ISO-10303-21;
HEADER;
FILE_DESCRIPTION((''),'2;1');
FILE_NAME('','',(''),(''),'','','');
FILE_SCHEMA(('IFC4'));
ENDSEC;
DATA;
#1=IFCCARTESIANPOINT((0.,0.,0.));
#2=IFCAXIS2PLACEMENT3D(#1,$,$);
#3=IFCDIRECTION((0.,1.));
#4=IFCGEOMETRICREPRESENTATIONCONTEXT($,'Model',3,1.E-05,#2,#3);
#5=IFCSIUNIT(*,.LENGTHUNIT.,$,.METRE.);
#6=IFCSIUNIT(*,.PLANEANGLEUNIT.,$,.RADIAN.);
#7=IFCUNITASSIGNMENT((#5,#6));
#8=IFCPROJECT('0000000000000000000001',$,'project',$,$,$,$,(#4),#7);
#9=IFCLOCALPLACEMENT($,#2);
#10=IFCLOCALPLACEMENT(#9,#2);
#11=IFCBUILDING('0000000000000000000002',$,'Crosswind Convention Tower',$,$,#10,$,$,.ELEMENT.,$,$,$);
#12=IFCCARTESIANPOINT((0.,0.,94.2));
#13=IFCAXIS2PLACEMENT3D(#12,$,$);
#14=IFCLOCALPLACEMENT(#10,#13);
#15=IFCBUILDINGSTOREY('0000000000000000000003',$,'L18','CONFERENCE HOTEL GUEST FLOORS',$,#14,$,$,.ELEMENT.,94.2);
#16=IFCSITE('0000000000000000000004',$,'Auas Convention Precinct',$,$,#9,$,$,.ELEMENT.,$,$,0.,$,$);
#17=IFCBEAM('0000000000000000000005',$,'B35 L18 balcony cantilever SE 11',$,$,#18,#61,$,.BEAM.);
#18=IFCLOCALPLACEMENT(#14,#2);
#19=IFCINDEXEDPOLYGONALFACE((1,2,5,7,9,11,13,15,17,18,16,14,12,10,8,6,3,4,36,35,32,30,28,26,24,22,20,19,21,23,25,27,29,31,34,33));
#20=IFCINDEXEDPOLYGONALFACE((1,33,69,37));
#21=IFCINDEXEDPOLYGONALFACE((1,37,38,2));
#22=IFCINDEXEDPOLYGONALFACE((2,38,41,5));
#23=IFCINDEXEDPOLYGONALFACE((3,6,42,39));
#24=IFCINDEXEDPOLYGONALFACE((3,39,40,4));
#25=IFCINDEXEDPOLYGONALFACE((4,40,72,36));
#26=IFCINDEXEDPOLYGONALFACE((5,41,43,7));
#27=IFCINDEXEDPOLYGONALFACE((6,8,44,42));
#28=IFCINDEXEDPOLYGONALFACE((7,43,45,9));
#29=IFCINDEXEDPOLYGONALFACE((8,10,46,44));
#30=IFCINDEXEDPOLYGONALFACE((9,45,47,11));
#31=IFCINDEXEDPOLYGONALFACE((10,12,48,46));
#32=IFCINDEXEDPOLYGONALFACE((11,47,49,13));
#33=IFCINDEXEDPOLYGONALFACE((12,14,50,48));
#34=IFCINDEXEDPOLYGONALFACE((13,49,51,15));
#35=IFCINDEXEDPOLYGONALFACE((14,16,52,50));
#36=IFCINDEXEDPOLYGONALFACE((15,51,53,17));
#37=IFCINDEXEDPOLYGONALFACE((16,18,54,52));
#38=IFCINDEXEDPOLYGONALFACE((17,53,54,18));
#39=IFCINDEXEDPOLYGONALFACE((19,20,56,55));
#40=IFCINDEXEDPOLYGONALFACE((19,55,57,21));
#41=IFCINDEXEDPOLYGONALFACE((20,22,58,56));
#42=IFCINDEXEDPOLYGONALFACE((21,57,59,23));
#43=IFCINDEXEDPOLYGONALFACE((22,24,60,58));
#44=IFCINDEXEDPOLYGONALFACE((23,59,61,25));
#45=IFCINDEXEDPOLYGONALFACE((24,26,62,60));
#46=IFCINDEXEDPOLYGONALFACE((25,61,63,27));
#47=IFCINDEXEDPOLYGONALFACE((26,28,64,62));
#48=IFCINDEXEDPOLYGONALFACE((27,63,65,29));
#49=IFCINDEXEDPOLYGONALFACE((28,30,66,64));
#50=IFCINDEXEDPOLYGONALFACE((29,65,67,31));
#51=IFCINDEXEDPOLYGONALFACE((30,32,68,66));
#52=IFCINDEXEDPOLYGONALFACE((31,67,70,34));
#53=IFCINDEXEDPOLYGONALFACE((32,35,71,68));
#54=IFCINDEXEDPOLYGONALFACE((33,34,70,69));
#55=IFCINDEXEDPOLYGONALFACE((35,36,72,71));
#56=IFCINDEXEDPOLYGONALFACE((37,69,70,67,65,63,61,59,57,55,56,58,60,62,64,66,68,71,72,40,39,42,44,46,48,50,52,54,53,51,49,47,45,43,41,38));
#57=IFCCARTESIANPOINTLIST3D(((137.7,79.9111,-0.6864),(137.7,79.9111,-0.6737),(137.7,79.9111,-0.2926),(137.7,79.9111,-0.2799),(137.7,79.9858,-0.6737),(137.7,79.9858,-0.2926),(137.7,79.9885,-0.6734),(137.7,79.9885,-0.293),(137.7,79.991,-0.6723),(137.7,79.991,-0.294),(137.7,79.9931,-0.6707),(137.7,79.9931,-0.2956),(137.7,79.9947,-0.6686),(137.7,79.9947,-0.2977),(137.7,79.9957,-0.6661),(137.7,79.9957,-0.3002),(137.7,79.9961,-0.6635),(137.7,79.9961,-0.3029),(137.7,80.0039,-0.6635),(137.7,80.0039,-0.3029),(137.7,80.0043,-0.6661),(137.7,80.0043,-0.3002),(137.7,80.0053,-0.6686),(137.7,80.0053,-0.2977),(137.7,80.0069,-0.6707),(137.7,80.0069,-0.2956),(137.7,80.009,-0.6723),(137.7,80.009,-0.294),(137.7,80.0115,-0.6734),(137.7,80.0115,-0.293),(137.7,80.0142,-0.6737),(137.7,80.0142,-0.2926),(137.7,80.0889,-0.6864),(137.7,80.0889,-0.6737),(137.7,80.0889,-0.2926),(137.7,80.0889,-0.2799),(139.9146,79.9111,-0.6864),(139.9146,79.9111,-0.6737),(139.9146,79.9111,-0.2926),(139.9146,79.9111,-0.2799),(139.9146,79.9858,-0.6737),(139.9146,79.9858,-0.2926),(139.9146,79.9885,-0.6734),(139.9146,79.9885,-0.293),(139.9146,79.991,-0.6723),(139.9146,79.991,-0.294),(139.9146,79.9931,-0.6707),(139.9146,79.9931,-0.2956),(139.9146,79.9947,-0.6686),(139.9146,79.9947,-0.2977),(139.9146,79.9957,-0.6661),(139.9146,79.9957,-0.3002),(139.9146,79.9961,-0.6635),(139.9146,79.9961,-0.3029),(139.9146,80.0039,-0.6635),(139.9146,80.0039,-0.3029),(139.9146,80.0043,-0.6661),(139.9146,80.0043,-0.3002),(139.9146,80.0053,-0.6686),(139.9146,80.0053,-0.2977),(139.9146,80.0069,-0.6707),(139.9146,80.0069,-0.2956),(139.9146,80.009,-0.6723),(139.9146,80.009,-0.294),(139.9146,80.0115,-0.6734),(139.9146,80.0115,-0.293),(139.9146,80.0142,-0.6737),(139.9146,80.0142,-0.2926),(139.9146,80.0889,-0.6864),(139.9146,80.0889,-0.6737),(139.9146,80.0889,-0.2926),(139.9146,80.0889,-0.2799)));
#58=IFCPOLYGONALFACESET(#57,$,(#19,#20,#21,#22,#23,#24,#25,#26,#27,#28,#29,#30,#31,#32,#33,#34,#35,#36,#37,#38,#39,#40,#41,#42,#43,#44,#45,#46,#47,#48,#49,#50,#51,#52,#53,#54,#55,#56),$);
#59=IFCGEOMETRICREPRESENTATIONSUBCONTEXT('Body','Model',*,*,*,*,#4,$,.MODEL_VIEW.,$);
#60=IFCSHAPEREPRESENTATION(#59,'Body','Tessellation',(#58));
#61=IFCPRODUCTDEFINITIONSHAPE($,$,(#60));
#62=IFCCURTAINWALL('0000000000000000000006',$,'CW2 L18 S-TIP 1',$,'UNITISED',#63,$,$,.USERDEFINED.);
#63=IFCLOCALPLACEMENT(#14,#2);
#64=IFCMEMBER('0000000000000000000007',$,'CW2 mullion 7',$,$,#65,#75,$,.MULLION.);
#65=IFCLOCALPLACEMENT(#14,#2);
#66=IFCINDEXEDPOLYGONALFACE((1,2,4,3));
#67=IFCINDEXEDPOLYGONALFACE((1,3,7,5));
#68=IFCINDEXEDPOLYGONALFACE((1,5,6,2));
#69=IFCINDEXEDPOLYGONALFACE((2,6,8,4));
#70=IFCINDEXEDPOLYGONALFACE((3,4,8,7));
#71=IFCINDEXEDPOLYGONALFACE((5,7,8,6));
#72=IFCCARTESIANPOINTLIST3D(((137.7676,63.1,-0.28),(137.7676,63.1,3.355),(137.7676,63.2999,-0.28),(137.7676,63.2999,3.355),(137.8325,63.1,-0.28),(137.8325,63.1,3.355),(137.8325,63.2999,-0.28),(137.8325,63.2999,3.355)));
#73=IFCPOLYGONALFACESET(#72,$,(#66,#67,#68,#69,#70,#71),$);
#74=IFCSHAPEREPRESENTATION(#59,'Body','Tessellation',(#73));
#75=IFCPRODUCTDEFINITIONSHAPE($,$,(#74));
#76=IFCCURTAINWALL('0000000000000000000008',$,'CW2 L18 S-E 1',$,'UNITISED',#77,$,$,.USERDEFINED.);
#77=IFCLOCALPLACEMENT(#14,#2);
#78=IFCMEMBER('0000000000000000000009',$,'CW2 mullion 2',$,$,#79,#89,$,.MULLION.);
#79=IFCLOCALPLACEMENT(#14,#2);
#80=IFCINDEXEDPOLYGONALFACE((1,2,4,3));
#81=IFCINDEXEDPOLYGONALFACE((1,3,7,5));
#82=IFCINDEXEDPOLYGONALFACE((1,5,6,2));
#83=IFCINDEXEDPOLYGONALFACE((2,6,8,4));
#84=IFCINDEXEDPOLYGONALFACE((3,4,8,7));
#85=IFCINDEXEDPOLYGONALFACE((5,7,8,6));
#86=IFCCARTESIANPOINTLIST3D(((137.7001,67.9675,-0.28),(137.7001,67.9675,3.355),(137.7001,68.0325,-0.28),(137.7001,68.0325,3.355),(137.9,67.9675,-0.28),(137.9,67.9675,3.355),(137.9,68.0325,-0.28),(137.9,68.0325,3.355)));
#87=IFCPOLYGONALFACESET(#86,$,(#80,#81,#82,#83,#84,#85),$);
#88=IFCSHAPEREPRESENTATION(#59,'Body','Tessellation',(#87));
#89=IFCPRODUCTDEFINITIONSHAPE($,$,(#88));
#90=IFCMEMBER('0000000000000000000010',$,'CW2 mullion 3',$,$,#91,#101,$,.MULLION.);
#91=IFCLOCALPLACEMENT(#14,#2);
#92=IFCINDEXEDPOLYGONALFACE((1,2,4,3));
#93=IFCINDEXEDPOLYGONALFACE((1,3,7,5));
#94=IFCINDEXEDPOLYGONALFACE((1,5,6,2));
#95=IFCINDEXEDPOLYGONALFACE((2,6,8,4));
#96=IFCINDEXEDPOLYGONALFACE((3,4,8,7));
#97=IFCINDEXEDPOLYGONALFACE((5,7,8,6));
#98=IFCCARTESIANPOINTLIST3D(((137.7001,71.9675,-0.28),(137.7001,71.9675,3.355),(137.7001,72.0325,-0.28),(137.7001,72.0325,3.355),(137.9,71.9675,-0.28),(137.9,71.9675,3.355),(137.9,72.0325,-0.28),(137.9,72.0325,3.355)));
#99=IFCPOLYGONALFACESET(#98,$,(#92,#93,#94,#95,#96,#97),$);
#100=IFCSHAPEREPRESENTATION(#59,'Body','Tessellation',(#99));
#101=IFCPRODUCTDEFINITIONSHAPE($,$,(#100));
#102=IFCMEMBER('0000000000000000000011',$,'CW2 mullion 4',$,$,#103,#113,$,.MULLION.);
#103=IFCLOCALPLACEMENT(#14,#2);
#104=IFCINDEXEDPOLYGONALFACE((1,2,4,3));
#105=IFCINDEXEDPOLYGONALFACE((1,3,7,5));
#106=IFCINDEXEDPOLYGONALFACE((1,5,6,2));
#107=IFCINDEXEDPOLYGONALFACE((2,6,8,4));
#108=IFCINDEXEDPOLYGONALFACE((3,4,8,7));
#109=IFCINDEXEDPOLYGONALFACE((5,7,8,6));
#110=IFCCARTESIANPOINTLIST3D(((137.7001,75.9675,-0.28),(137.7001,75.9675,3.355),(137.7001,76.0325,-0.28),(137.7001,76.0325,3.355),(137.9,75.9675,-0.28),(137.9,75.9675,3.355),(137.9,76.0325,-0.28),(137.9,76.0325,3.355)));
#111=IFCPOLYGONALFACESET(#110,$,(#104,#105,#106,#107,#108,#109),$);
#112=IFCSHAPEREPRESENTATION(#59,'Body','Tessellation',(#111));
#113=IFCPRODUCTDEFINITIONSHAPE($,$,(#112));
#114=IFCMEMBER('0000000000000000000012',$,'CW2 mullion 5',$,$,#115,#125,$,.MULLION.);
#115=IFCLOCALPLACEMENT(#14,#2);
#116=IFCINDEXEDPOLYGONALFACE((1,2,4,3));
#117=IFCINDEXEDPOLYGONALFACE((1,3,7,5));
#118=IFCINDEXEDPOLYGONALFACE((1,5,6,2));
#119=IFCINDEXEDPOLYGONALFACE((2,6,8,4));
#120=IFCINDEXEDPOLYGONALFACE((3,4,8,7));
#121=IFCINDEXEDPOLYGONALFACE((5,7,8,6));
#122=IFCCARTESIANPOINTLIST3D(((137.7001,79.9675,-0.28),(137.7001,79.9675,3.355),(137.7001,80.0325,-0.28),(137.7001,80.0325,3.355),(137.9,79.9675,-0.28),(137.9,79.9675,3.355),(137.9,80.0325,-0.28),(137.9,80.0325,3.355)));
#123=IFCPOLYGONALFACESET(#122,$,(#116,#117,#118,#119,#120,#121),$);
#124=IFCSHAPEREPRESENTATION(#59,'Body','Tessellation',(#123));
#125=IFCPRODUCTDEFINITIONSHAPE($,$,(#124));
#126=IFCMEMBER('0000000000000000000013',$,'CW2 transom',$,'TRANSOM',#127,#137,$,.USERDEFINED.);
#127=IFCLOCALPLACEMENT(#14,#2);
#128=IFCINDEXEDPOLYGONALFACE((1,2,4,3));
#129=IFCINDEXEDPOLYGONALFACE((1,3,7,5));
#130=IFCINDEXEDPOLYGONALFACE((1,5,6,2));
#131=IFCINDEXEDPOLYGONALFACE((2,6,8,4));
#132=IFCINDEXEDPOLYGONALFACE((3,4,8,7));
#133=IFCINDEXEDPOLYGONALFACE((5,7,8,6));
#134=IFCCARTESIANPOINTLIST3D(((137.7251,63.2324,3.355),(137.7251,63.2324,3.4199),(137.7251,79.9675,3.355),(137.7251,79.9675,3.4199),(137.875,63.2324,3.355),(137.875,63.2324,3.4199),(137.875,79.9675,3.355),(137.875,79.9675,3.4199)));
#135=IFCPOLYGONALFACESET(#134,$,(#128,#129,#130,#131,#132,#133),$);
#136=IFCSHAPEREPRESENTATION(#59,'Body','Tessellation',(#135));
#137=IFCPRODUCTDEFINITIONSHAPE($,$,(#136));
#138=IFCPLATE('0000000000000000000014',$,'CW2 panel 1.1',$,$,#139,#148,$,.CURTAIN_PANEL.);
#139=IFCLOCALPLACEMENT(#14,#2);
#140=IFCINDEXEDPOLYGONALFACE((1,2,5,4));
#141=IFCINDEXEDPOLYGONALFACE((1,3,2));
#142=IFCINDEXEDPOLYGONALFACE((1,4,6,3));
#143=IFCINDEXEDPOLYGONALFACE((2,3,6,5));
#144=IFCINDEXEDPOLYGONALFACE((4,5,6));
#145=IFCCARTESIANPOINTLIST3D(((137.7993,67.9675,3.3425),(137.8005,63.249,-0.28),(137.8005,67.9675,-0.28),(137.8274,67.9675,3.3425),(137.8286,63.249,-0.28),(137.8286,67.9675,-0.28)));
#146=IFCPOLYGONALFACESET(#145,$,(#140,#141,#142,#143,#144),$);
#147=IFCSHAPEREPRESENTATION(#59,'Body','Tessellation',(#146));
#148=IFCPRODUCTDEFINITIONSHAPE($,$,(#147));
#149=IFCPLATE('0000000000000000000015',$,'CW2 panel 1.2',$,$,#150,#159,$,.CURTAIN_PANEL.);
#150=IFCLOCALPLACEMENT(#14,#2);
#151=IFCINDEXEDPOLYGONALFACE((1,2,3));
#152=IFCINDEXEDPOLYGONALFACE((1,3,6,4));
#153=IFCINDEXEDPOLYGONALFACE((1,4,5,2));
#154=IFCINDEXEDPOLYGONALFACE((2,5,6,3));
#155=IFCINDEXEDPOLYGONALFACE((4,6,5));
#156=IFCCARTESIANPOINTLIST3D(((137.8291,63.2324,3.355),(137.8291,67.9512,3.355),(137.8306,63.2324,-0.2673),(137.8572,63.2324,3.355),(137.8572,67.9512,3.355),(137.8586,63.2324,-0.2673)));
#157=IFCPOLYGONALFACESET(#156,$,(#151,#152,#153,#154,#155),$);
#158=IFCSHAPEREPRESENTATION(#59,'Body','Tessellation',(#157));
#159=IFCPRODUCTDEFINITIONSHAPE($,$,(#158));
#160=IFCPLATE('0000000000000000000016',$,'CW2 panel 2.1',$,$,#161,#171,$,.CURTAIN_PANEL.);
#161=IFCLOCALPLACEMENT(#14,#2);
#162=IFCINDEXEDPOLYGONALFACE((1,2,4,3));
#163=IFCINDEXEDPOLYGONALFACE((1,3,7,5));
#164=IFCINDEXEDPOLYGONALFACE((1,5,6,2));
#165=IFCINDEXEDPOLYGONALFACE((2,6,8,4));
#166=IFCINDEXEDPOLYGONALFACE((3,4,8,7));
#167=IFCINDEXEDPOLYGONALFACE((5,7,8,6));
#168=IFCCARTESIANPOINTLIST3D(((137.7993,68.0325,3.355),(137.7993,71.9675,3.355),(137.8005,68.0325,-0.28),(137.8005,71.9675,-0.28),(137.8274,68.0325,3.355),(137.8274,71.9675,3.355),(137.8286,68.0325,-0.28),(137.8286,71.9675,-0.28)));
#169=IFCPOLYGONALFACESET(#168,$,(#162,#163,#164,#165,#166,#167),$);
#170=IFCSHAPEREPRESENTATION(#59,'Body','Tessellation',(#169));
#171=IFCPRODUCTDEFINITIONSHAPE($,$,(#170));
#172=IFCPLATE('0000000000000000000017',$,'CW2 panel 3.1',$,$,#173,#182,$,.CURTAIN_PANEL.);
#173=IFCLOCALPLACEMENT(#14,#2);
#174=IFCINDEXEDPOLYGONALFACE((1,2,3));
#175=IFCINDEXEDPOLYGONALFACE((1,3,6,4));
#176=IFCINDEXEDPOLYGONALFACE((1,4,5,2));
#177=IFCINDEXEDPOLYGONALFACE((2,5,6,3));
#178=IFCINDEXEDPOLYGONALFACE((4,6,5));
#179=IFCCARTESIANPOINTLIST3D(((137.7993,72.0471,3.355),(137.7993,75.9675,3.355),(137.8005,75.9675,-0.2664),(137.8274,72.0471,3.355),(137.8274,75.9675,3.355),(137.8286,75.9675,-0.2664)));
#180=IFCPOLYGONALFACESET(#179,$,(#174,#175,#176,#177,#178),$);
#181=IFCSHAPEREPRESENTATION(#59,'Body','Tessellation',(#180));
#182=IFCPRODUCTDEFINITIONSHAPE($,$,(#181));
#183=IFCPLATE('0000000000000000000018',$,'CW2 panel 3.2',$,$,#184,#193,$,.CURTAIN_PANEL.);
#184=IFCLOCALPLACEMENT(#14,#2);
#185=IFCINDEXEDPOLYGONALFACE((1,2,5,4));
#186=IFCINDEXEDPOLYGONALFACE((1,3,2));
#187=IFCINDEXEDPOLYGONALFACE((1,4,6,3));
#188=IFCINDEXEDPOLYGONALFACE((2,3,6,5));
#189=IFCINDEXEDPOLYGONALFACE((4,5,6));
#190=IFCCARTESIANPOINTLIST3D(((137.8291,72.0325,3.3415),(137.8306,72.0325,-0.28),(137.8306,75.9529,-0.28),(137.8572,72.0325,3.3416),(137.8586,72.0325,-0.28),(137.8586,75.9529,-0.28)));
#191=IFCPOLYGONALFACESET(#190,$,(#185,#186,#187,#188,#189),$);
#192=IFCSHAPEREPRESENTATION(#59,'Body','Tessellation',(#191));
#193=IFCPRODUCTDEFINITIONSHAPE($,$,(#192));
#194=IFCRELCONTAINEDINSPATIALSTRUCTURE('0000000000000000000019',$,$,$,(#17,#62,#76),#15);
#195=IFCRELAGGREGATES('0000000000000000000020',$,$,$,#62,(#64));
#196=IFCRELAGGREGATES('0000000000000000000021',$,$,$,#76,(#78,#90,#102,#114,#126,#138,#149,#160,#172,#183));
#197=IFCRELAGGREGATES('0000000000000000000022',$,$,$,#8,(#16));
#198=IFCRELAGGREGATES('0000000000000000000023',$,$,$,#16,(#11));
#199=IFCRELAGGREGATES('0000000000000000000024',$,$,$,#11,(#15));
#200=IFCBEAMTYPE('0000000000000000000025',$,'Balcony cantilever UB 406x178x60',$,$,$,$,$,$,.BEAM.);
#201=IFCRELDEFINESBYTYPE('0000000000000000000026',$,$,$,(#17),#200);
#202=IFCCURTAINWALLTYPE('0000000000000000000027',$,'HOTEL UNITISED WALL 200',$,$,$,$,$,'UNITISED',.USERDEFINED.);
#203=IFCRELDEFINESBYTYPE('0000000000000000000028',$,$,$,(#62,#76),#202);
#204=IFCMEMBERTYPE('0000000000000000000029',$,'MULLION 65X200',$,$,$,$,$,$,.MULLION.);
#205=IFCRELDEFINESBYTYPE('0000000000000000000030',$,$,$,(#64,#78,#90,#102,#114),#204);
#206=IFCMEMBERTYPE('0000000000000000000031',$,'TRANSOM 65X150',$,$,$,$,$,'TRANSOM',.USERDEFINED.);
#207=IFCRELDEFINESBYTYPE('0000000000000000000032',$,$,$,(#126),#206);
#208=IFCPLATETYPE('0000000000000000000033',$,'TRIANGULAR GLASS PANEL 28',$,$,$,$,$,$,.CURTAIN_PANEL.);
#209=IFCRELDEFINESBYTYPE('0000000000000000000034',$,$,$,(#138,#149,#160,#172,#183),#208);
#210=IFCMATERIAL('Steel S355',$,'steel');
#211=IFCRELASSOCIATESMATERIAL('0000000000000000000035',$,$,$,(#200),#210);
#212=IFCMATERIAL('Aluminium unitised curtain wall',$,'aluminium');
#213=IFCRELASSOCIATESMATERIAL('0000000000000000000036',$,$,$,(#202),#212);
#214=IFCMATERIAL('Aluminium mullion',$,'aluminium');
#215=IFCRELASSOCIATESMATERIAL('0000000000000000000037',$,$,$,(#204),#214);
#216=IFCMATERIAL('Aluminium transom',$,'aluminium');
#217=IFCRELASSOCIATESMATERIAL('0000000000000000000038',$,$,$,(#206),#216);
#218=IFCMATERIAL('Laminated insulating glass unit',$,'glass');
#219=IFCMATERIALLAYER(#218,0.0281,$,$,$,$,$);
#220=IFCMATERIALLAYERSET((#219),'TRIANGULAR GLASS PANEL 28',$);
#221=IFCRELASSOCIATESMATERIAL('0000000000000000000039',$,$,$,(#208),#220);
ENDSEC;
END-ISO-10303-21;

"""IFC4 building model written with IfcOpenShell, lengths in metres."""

from ifc_helpers import new_model, si_unit, direction, frame, origin, origin_2d, place, context, subcontext, project, spatial, polyline, rectangle, i_section, outline, extrude, material, layer, layer_set, material_profile, profile_set, type_object, element, aggregate, save


model = new_model("IFC4")

# Units and contexts
model_context = context("Model", 3, precision=1e-05, world=origin(), true_north=direction((0.0, 1.0)))
body_context = subcontext(model_context, "Body", "Model", "MODEL_VIEW")
ifc_project = project(units=[si_unit("LENGTHUNIT", "METRE"), si_unit("PLANEANGLEUNIT", "RADIAN")], contexts=[model_context])

# Site, building, storey
site_placement = place(None, origin())
site = spatial("IfcSite", under=ifc_project, at=site_placement, Name="Auas Convention Precinct", CompositionType="ELEMENT", RefElevation=0.0)
building_placement = place(site_placement, origin())
building = spatial("IfcBuilding", under=site, at=building_placement, Name="Crosswind Convention Tower", CompositionType="ELEMENT")
storey_placement = place(building_placement, frame((0.0, 0.0, 94.2)))
storey = spatial("IfcBuildingStorey", under=building, at=storey_placement, Name="L18", Description="CONFERENCE HOTEL GUEST FLOORS", CompositionType="ELEMENT", Elevation=94.2)

# Beam
ifc_material_1 = material(Name="Steel S355", Category="steel")
ifc_material_profile_1 = material_profile(ifc_material_1, i_section(OverallWidth=0.1777, OverallDepth=0.4065, WebThickness=0.0078, FlangeThickness=0.0127, FilletRadius=0.0103, at=origin_2d()), Name="UB 406x178x60")
ifc_profile_set_1 = profile_set([ifc_material_profile_1], Name="Steel S355")
beam_type = type_object("IfcBeamType", Name="Balcony cantilever UB 406x178x60", PredefinedType="BEAM", material=ifc_profile_set_1)
beam_placement = place(storey_placement, frame((137.7, 80.0, -0.4832), z_axis=(1.0, 0.0, 0.0), x_axis=(0.0, 1.0, 0.0)))
element("IfcBeam", 1, at=beam_placement, inside=storey, type_object=beam_type, Name="B35 L18 balcony cantilever SE 11", PredefinedType="BEAM", context=body_context, shape_type="SweptSolid", body=[
    extrude(i_section(OverallWidth=0.1777, OverallDepth=0.4065, WebThickness=0.0078, FlangeThickness=0.0127, FilletRadius=0.0103, at=origin_2d()), origin(), (0.0, 0.0, 1.0), 2.2146),
])

# Curtain wall, member
ifc_material_2 = material(Name="Aluminium unitised curtain wall", Category="aluminium")
curtain_wall_type = type_object("IfcCurtainWallType", Name="HOTEL UNITISED WALL 200", ElementType="UNITISED", PredefinedType="USERDEFINED", material=ifc_material_2)
curtain_wall_1_placement = place(storey_placement, origin())
curtain_wall_1 = element("IfcCurtainWall", 2, at=curtain_wall_1_placement, inside=storey, type_object=curtain_wall_type, Name="CW2 L18 S-TIP 1", ObjectType="UNITISED", PredefinedType="USERDEFINED")
ifc_material_3 = material(Name="Aluminium mullion", Category="aluminium")
ifc_material_profile_2 = material_profile(ifc_material_3, rectangle(XDim=0.2, YDim=0.0649, at=origin_2d()), Name="AL 200X65")
ifc_profile_set_2 = profile_set([ifc_material_profile_2], Name="Aluminium mullion")
member_type_1 = type_object("IfcMemberType", Name="MULLION 65X200", PredefinedType="MULLION", material=ifc_profile_set_2)
member_1_placement = place(storey_placement, frame((137.8, 63.2, -0.28), z_axis=(0.0, 0.0, 1.0), x_axis=(0.0, -1.0, 0.0)))
member_1 = element("IfcMember", 3, at=member_1_placement, type_object=member_type_1, Name="CW2 mullion 7", PredefinedType="MULLION", context=body_context, shape_type="SweptSolid", body=[
    extrude(rectangle(XDim=0.2, YDim=0.0649, at=origin_2d()), origin(), (0.0, 0.0, 1.0), 3.635),
])
aggregate(curtain_wall_1, [member_1])

# Curtain wall, members, plates
curtain_wall_2_placement = place(storey_placement, origin())
curtain_wall_2 = element("IfcCurtainWall", 4, at=curtain_wall_2_placement, inside=storey, type_object=curtain_wall_type, Name="CW2 L18 S-E 1", ObjectType="UNITISED", PredefinedType="USERDEFINED")
member_2_placement = place(storey_placement, frame((137.8, 68.0, -0.28), z_axis=(0.0, 0.0, 1.0), x_axis=(1.0, 0.0, 0.0)))
member_2 = element("IfcMember", 5, at=member_2_placement, type_object=member_type_1, Name="CW2 mullion 2", PredefinedType="MULLION", context=body_context, shape_type="SweptSolid", body=[
    extrude(rectangle(XDim=0.2, YDim=0.0649, at=origin_2d()), origin(), (0.0, 0.0, 1.0), 3.635),
])
member_3_placement = place(storey_placement, frame((137.8, 72.0, -0.28), z_axis=(0.0, 0.0, 1.0), x_axis=(1.0, 0.0, 0.0)))
member_3 = element("IfcMember", 6, at=member_3_placement, type_object=member_type_1, Name="CW2 mullion 3", PredefinedType="MULLION", context=body_context, shape_type="SweptSolid", body=[
    extrude(rectangle(XDim=0.2, YDim=0.0649, at=origin_2d()), origin(), (0.0, 0.0, 1.0), 3.635),
])
member_4_placement = place(storey_placement, frame((137.8, 76.0, -0.28), z_axis=(0.0, 0.0, 1.0), x_axis=(1.0, 0.0, 0.0)))
member_4 = element("IfcMember", 7, at=member_4_placement, type_object=member_type_1, Name="CW2 mullion 4", PredefinedType="MULLION", context=body_context, shape_type="SweptSolid", body=[
    extrude(rectangle(XDim=0.2, YDim=0.0649, at=origin_2d()), origin(), (0.0, 0.0, 1.0), 3.635),
])
member_5_placement = place(storey_placement, frame((137.8, 80.0, -0.28), z_axis=(0.0, 0.0, 1.0), x_axis=(1.0, 0.0, 0.0)))
member_5 = element("IfcMember", 8, at=member_5_placement, type_object=member_type_1, Name="CW2 mullion 5", PredefinedType="MULLION", context=body_context, shape_type="SweptSolid", body=[
    extrude(rectangle(XDim=0.2, YDim=0.0649, at=origin_2d()), origin(), (0.0, 0.0, 1.0), 3.635),
])
ifc_material_4 = material(Name="Aluminium transom", Category="aluminium")
ifc_material_profile_3 = material_profile(ifc_material_4, rectangle(XDim=0.1499, YDim=0.0649, at=origin_2d()), Name="AL 150X65")
ifc_profile_set_3 = profile_set([ifc_material_profile_3], Name="Aluminium transom")
member_type_2 = type_object("IfcMemberType", Name="TRANSOM 65X150", ElementType="TRANSOM", PredefinedType="USERDEFINED", material=ifc_profile_set_3)
member_6_placement = place(storey_placement, frame((137.8, 63.2324, 3.3875), z_axis=(0.0, 1.0, 0.0), x_axis=(-1.0, 0.0, 0.0)))
member_6 = element("IfcMember", 9, at=member_6_placement, type_object=member_type_2, Name="CW2 transom", ObjectType="TRANSOM", PredefinedType="USERDEFINED", context=body_context, shape_type="SweptSolid", body=[
    extrude(rectangle(XDim=0.1499, YDim=0.0649, at=origin_2d()), origin(), (0.0, 0.0, 1.0), 16.7351),
])
ifc_material_5 = material(Name="Laminated insulating glass unit", Category="glass")
ifc_layer_1 = layer(ifc_material_5, 0.0281)
ifc_layer_set_1 = layer_set([ifc_layer_1], Name="TRIANGULAR GLASS PANEL 28")
plate_type = type_object("IfcPlateType", Name="TRIANGULAR GLASS PANEL 28", PredefinedType="CURTAIN_PANEL", material=ifc_layer_set_1)
plate_1_placement = place(storey_placement, frame((137.8286, 67.9675, -0.28), z_axis=(1.0, 0.0, 0.000337), x_axis=(-0.000337, 0.0, 1.0)))
plate_1 = element("IfcPlate", 10, at=plate_1_placement, type_object=plate_type, Name="CW2 panel 1.1", PredefinedType="CURTAIN_PANEL", context=body_context, shape_type="SweptSolid", body=[
    extrude(outline(polyline([(0.0, 0.0), (3.6226, 0.0), (0.0, 4.7185), (0.0, 0.0)])), origin(), (0.0, 0.0, -1.0), 0.0281),
])
plate_2_placement = place(storey_placement, frame((137.8572, 63.2324, 3.355), z_axis=(1.0, 0.0, 0.000404), x_axis=(0.000404, 0.0, -1.0)))
plate_2 = element("IfcPlate", 11, at=plate_2_placement, type_object=plate_type, Name="CW2 panel 1.2", PredefinedType="CURTAIN_PANEL", context=body_context, shape_type="SweptSolid", body=[
    extrude(outline(polyline([(0.0, 0.0), (3.6223, 0.0), (0.0, 4.7188), (0.0, 0.0)])), origin(), (0.0, 0.0, -1.0), 0.0281),
])
plate_3_placement = place(storey_placement, frame((137.8286, 68.0325, -0.28), z_axis=(1.0, 0.0, 0.000336), x_axis=(0.0, 1.0, 0.0)))
plate_3 = element("IfcPlate", 12, at=plate_3_placement, type_object=plate_type, Name="CW2 panel 2.1", PredefinedType="CURTAIN_PANEL", context=body_context, shape_type="SweptSolid", body=[
    extrude(outline(polyline([(0.0, 0.0), (3.9351, 0.0), (3.9351, 3.635), (0.0, 3.635), (0.0, 0.0)])), origin(), (0.0, 0.0, -1.0), 0.0281),
])
plate_4_placement = place(storey_placement, frame((137.8274, 75.9675, 3.355), z_axis=(1.0, 0.0, 0.000337), x_axis=(0.0, -1.0, 0.0)))
plate_4 = element("IfcPlate", 13, at=plate_4_placement, type_object=plate_type, Name="CW2 panel 3.1", PredefinedType="CURTAIN_PANEL", context=body_context, shape_type="SweptSolid", body=[
    extrude(outline(polyline([(0.0, 0.0), (3.9204, 0.0), (0.0, 3.6213), (0.0, 0.0)])), origin(), (0.0, 0.0, -1.0), 0.0281),
])
plate_5_placement = place(storey_placement, frame((137.8586, 72.0325, -0.28), z_axis=(1.0, 0.0, 0.000404), x_axis=(0.0, 1.0, 0.0)))
plate_5 = element("IfcPlate", 14, at=plate_5_placement, type_object=plate_type, Name="CW2 panel 3.2", PredefinedType="CURTAIN_PANEL", context=body_context, shape_type="SweptSolid", body=[
    extrude(outline(polyline([(0.0, 0.0), (3.9204, 0.0), (0.0, 3.6216), (0.0, 0.0)])), origin(), (0.0, 0.0, -1.0), 0.0281),
])

aggregate(curtain_wall_2, [member_2, member_3, member_4, member_5, member_6, plate_1, plate_2, plate_3, plate_4, plate_5])

save(model, "model.ifc")
